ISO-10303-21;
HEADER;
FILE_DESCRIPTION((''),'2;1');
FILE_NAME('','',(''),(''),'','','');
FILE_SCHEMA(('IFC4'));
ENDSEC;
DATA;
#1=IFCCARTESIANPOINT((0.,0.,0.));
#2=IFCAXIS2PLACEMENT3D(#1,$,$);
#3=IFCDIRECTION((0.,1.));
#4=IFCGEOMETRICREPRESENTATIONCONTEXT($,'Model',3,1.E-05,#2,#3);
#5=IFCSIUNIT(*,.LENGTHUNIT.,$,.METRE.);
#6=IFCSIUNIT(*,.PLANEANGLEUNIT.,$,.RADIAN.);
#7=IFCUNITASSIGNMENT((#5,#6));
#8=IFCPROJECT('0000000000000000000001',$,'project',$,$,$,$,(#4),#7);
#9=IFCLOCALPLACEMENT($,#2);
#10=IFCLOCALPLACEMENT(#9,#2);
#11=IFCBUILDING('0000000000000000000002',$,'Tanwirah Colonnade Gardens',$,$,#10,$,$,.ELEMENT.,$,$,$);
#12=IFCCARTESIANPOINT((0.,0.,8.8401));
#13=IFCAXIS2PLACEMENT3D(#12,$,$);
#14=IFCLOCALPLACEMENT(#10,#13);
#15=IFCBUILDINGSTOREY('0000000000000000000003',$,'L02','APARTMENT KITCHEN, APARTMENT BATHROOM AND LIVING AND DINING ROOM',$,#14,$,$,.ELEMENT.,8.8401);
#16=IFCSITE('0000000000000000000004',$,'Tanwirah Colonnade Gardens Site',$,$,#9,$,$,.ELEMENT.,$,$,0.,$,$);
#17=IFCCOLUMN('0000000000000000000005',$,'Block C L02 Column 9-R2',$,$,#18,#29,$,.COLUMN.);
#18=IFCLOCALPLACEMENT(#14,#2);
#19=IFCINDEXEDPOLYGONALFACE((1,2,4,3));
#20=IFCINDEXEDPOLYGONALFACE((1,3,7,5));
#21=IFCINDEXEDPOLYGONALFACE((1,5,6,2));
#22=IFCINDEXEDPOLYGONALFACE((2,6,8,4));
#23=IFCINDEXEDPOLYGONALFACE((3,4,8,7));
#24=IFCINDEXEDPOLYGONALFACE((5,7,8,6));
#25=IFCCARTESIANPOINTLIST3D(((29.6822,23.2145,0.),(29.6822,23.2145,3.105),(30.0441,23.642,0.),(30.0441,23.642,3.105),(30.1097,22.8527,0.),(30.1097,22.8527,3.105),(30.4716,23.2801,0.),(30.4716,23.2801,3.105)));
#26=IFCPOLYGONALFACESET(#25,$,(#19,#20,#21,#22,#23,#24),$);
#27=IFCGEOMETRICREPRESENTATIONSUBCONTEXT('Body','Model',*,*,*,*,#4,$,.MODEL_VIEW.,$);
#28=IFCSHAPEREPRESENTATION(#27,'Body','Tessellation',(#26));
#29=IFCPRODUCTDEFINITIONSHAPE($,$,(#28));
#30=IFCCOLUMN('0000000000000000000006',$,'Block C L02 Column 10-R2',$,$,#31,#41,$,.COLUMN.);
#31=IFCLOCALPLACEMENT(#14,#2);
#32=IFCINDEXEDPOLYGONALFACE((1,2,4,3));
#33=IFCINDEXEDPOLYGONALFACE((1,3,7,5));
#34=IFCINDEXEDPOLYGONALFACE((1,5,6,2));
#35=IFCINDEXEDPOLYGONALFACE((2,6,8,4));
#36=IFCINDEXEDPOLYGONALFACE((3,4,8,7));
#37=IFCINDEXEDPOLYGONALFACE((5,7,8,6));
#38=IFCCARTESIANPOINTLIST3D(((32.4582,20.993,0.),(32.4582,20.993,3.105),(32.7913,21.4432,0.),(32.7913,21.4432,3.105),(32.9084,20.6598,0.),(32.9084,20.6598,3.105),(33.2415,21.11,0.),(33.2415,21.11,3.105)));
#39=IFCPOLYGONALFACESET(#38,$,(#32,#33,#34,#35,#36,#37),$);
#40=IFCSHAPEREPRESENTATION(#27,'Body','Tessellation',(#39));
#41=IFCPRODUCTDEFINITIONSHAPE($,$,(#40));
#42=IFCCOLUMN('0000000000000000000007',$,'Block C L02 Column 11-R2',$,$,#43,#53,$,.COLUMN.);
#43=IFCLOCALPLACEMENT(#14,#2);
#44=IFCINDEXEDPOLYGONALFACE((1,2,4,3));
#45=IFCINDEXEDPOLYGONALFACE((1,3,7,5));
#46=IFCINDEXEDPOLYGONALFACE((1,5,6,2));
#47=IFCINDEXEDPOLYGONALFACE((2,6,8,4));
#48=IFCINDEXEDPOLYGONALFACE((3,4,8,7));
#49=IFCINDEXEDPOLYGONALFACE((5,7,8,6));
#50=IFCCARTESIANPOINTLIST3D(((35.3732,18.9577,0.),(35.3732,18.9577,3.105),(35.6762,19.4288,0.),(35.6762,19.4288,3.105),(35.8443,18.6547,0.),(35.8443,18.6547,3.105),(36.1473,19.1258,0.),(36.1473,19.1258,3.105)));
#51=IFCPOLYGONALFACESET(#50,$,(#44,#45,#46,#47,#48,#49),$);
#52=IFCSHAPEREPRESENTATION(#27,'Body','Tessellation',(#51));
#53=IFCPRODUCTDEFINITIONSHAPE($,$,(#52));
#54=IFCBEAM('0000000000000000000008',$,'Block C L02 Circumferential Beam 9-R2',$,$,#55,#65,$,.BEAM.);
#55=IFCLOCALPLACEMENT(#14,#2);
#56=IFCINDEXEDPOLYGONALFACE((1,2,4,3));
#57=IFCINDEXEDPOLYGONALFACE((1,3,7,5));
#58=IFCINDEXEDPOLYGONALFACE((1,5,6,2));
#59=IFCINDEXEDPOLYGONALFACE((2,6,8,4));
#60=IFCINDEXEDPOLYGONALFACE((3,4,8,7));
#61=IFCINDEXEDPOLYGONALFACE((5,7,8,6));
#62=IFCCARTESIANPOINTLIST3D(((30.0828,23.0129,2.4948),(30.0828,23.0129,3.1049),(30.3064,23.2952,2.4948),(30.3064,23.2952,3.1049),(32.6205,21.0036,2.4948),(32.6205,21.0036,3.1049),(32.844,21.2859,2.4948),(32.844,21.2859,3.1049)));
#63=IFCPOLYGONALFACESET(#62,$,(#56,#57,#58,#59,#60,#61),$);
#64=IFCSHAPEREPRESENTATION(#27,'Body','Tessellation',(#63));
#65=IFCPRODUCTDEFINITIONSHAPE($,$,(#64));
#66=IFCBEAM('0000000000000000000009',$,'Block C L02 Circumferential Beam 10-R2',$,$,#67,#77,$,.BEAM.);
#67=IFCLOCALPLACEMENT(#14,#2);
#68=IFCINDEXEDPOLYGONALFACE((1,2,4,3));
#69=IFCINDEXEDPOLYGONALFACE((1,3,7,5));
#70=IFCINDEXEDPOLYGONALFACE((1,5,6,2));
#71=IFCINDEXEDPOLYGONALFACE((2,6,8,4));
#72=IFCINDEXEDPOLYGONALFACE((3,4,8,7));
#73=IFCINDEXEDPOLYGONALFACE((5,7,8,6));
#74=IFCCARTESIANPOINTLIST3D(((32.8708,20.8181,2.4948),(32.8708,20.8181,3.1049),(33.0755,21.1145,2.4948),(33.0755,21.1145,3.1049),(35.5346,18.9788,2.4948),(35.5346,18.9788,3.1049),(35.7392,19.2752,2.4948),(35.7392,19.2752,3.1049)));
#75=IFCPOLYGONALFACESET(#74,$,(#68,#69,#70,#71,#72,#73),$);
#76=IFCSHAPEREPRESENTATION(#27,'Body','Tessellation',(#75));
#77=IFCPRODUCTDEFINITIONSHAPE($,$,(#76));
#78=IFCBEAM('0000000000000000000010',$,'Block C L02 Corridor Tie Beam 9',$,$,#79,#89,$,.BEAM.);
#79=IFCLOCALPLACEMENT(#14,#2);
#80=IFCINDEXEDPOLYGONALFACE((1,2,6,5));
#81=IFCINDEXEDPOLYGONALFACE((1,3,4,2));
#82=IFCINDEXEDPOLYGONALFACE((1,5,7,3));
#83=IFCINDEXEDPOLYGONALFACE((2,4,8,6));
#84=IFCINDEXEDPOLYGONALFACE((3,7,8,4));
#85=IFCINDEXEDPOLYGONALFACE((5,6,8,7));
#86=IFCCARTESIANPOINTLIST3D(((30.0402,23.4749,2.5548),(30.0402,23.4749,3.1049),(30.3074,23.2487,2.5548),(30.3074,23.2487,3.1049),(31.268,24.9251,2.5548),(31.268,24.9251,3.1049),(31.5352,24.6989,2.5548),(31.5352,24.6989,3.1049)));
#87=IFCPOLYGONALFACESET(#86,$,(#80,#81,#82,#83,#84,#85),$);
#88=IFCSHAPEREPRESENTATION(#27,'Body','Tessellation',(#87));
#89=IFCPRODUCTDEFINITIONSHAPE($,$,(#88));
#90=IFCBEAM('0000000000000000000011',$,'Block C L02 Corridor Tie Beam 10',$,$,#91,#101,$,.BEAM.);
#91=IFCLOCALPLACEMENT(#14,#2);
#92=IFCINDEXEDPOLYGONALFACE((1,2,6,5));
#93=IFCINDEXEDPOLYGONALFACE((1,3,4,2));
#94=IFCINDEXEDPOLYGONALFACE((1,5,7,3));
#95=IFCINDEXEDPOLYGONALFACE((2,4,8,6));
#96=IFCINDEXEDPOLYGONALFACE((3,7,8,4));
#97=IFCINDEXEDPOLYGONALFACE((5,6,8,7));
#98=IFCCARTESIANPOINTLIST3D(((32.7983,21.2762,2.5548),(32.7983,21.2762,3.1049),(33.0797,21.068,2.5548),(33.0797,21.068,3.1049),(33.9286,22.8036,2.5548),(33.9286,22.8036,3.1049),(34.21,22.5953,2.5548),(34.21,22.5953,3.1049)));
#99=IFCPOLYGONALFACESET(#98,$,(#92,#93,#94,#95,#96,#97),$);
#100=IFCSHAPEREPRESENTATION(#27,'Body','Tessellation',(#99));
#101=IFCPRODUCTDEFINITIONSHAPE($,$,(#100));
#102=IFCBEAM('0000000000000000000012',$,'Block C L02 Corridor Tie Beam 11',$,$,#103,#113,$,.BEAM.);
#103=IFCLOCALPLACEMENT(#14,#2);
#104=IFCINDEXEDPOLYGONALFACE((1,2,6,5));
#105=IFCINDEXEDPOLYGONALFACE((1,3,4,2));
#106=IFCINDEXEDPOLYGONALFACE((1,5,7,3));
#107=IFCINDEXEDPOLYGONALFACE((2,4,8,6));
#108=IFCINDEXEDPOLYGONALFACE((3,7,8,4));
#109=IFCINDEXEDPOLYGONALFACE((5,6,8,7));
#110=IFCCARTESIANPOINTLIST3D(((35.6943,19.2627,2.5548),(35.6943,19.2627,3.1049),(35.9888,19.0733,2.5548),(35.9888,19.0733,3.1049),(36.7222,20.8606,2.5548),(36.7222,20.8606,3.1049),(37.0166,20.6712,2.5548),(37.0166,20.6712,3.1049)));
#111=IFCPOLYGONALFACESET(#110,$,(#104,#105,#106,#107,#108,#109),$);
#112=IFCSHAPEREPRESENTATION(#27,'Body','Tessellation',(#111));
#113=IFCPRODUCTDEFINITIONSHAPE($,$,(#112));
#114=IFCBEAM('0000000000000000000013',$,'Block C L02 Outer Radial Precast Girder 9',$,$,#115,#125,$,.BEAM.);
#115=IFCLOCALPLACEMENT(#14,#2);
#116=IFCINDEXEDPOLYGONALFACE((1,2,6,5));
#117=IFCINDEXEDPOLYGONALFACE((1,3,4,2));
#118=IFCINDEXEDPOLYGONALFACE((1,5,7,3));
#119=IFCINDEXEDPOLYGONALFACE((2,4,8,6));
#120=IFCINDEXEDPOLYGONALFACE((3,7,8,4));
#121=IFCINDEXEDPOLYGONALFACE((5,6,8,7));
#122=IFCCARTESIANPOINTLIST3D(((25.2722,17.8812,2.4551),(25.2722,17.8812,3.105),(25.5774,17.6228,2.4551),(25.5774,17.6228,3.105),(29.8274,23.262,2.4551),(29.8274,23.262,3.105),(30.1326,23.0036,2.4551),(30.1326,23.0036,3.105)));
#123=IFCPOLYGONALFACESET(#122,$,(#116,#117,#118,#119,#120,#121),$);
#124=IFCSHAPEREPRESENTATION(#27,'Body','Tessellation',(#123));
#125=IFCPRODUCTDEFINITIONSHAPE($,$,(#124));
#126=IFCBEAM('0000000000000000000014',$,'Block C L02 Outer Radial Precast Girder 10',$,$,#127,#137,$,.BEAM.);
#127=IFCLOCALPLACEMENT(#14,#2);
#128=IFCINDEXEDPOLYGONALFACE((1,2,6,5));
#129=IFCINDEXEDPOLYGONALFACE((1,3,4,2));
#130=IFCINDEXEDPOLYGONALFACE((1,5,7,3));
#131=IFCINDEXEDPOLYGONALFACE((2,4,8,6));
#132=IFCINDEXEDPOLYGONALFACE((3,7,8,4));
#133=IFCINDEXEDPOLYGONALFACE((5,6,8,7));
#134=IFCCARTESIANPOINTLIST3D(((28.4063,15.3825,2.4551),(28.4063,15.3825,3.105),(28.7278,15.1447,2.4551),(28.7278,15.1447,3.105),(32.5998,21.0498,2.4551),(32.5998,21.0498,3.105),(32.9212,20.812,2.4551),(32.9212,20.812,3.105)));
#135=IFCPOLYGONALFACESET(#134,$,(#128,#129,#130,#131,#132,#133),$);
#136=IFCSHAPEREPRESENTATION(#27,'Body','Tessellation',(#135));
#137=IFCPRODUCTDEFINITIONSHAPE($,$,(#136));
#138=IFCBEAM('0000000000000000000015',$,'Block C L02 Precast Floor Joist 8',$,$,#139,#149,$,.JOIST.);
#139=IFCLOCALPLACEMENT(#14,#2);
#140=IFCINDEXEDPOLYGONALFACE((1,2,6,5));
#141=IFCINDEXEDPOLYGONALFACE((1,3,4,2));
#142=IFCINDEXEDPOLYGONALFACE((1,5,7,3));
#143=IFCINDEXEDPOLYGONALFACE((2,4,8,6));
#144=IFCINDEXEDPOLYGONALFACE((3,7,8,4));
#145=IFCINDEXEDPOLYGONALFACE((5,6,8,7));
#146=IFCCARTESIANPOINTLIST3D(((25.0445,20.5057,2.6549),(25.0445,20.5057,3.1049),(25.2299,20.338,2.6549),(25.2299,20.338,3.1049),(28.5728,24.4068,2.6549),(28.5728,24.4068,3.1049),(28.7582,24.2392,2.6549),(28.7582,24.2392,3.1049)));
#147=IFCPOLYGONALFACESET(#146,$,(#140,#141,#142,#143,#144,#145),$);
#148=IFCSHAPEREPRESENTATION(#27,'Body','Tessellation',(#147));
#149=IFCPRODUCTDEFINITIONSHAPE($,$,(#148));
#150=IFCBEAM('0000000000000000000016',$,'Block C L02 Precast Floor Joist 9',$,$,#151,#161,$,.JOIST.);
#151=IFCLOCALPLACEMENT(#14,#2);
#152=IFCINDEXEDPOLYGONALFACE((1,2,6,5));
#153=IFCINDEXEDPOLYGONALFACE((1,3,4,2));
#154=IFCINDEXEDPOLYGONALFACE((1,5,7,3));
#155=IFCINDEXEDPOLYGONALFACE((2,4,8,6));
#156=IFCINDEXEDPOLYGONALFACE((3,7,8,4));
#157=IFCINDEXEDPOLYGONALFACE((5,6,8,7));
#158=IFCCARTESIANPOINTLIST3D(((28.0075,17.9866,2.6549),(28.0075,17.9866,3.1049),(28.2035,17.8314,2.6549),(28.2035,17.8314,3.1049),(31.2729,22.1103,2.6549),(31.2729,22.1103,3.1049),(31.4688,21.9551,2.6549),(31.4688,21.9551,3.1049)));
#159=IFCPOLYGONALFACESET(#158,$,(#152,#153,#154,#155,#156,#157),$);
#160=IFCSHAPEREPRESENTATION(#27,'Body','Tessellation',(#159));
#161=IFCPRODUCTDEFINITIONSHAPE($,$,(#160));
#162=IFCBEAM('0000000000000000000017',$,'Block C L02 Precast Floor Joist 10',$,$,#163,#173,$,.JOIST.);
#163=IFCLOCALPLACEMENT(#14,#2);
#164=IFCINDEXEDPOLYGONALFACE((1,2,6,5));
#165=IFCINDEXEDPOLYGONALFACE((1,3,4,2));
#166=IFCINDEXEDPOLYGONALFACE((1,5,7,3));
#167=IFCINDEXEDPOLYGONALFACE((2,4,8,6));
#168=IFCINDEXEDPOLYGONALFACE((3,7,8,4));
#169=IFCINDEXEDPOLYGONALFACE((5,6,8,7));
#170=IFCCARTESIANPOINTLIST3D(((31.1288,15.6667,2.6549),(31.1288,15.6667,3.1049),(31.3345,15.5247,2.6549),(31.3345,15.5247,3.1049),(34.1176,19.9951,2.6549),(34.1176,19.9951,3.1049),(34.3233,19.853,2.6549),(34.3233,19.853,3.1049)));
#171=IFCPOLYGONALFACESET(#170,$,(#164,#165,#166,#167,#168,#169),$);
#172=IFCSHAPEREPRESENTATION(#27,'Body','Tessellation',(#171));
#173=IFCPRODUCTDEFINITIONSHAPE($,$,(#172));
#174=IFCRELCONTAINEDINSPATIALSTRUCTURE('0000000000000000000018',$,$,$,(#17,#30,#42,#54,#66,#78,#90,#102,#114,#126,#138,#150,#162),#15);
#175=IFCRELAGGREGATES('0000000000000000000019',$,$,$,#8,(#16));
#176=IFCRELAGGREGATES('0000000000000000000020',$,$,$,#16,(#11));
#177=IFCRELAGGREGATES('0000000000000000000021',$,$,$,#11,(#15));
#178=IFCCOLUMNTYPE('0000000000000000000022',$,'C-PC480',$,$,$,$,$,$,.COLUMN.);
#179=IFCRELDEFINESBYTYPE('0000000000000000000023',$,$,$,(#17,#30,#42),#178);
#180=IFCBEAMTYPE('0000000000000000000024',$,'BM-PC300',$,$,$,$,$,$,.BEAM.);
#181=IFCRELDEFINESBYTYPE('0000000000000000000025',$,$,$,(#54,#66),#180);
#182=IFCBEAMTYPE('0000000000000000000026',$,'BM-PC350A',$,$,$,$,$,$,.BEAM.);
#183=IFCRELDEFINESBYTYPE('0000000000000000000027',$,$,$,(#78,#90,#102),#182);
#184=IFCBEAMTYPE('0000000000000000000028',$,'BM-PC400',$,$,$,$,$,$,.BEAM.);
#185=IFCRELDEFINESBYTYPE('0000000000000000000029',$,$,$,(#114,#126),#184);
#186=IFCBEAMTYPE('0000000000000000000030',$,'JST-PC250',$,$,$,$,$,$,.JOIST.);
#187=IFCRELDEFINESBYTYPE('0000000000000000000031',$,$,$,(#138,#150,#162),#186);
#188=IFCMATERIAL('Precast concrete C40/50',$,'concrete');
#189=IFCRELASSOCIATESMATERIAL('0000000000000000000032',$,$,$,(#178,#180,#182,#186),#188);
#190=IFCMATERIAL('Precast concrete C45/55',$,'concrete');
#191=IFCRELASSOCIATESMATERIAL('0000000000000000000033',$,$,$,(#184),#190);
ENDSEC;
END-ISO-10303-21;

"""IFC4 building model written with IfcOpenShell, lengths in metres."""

from ifc_helpers import new_model, si_unit, direction, frame, origin, origin_2d, place, context, subcontext, project, spatial, rectangle, extrude, material, material_profile, profile_set, type_object, element, save


model = new_model("IFC4")

# Units and contexts
model_context = context("Model", 3, precision=1e-05, world=origin(), true_north=direction((0.0, 1.0)))
body_context = subcontext(model_context, "Body", "Model", "MODEL_VIEW")
ifc_project = project(units=[si_unit("LENGTHUNIT", "METRE"), si_unit("PLANEANGLEUNIT", "RADIAN")], contexts=[model_context])

# Site, building, storey
site_placement = place(None, origin())
site = spatial("IfcSite", under=ifc_project, at=site_placement, Name="Tanwirah Colonnade Gardens Site", CompositionType="ELEMENT", RefElevation=0.0)
building_placement = place(site_placement, origin())
building = spatial("IfcBuilding", under=site, at=building_placement, Name="Tanwirah Colonnade Gardens", CompositionType="ELEMENT")
storey_placement = place(building_placement, frame((0.0, 0.0, 8.8401)))
storey = spatial("IfcBuildingStorey", under=building, at=storey_placement, Name="L02", Description="APARTMENT KITCHEN, APARTMENT BATHROOM AND LIVING AND DINING ROOM", CompositionType="ELEMENT", Elevation=8.8401)

# Columns
ifc_material_1 = material(Name="Precast concrete C40/50", Category="concrete")
ifc_material_profile_1 = material_profile(ifc_material_1, rectangle(XDim=0.5601, YDim=0.5601, at=origin_2d()), Name="PC-COL 560x560")
ifc_profile_set_1 = profile_set([ifc_material_profile_1], Name="Precast concrete C40/50")
column_type = type_object("IfcColumnType", Name="C-PC480", PredefinedType="COLUMN", material=ifc_profile_set_1)
for number, where, z_axis, x_axis, name in (
    (1, (30.0769, 23.2473, 0.0), (0.0, 0.0, 1.0), (-0.646124, -0.763232, 0.0), "Block C L02 Column 9-R2"),
    (2, (32.8499, 21.0515, 0.0), (0.0, 0.0, 1.0), (-0.594823, -0.803857, 0.0), "Block C L02 Column 10-R2"),
    (3, (35.7603, 19.0417, 0.0), (0.0, 0.0, 1.0), (-0.540974, -0.841039, 0.0), "Block C L02 Column 11-R2"),
):
    element("IfcColumn", number, at=place(storey_placement, frame(where, z_axis=z_axis, x_axis=x_axis)), inside=storey, type_object=column_type, Name=name, PredefinedType="COLUMN", context=body_context, shape_type="SweptSolid", body=[
        extrude(rectangle(XDim=0.5601, YDim=0.5601, at=origin_2d()), origin(), (0.0, 0.0, 1.0), 3.105),
    ])

# Beams
ifc_material_profile_2 = material_profile(ifc_material_1, rectangle(XDim=0.3601, YDim=0.6101, at=origin_2d()), Name="PC-BM 360x610")
ifc_profile_set_2 = profile_set([ifc_material_profile_2], Name="Precast concrete C40/50")
beam_type_1 = type_object("IfcBeamType", Name="BM-PC300", PredefinedType="BEAM", material=ifc_profile_set_2)
beam_1_placement = place(storey_placement, frame((30.1946, 23.1541, 2.7998), z_axis=(0.783994, -0.620769, 0.0), x_axis=(0.620769, 0.783994, 0.0)))
element("IfcBeam", 4, at=beam_1_placement, inside=storey, type_object=beam_type_1, Name="Block C L02 Circumferential Beam 9-R2", PredefinedType="BEAM", context=body_context, shape_type="SweptSolid", body=[
    extrude(rectangle(XDim=0.3601, YDim=0.6101, at=origin_2d()), origin(), (0.0, 0.0, 1.0), 3.2368),
])
beam_2_placement = place(storey_placement, frame((32.9731, 20.9663, 2.7998), z_axis=(0.822889, -0.568202, 0.0), x_axis=(0.568202, 0.822889, 0.0)))
element("IfcBeam", 5, at=beam_2_placement, inside=storey, type_object=beam_type_1, Name="Block C L02 Circumferential Beam 10-R2", PredefinedType="BEAM", context=body_context, shape_type="SweptSolid", body=[
    extrude(rectangle(XDim=0.3601, YDim=0.6101, at=origin_2d()), origin(), (0.0, 0.0, 1.0), 3.2371),
])
ifc_material_profile_3 = material_profile(ifc_material_1, rectangle(XDim=0.3501, YDim=0.55, at=origin_2d()), Name="PC-BM 350x550")
ifc_profile_set_3 = profile_set([ifc_material_profile_3], Name="Precast concrete C40/50")
beam_type_2 = type_object("IfcBeamType", Name="BM-PC350A", PredefinedType="BEAM", material=ifc_profile_set_3)
for number, where, z_axis, x_axis, name in (
    (6, (31.4016, 24.812, 2.8298), (-0.646155, -0.763206, 0.0), (0.763206, -0.646155, 0.0), "Block C L02 Corridor Tie Beam 9"),
    (7, (34.0693, 22.6995, 2.8298), (-0.594889, -0.803807, 0.0), (0.803807, -0.594889, 0.0), "Block C L02 Corridor Tie Beam 10"),
):
    element("IfcBeam", number, at=place(storey_placement, frame(where, z_axis=z_axis, x_axis=x_axis)), inside=storey, type_object=beam_type_2, Name=name, PredefinedType="BEAM", context=body_context, shape_type="SweptSolid", body=[
        extrude(rectangle(XDim=0.3501, YDim=0.55, at=origin_2d()), origin(), (0.0, 0.0, 1.0), 1.9001),
    ])
beam_3_placement = place(storey_placement, frame((36.8694, 20.7659, 2.8298), z_axis=(-0.540985, -0.841032, 0.0), x_axis=(0.841032, -0.540985, 0.0)))
element("IfcBeam", 8, at=beam_3_placement, inside=storey, type_object=beam_type_2, Name="Block C L02 Corridor Tie Beam 11", PredefinedType="BEAM", context=body_context, shape_type="SweptSolid", body=[
    extrude(rectangle(XDim=0.3501, YDim=0.55, at=origin_2d()), origin(), (0.0, 0.0, 1.0), 1.8999),
])
ifc_material_2 = material(Name="Precast concrete C45/55", Category="concrete")
ifc_material_profile_4 = material_profile(ifc_material_2, rectangle(XDim=0.3999, YDim=0.6499, at=origin_2d()), Name="PC-BM 400x650")
ifc_profile_set_4 = profile_set([ifc_material_profile_4], Name="Precast concrete C45/55")
beam_type_3 = type_object("IfcBeamType", Name="BM-PC400", PredefinedType="BEAM", material=ifc_profile_set_4)
for number, where, z_axis, x_axis, name in (
    (9, (29.98, 23.1328, 2.78), (-0.646119, -0.763237, 0.0), (0.763237, -0.646119, 0.0), "Block C L02 Outer Radial Precast Girder 9"),
    (10, (32.7605, 20.9309, 2.78), (-0.594807, -0.803869, 0.0), (0.803869, -0.594807, 0.0), "Block C L02 Outer Radial Precast Girder 10"),
):
    element("IfcBeam", number, at=place(storey_placement, frame(where, z_axis=z_axis, x_axis=x_axis)), inside=storey, type_object=beam_type_3, Name=name, PredefinedType="BEAM", context=body_context, shape_type="SweptSolid", body=[
        extrude(rectangle(XDim=0.3999, YDim=0.6499, at=origin_2d()), origin(), (0.0, 0.0, 1.0), 7.05),
    ])
ifc_material_profile_5 = material_profile(ifc_material_1, rectangle(XDim=0.25, YDim=0.45, at=origin_2d()), Name="PC-JST 250x450")
ifc_profile_set_5 = profile_set([ifc_material_profile_5], Name="Precast concrete C40/50")
beam_type_4 = type_object("IfcBeamType", Name="JST-PC250", PredefinedType="JOIST", material=ifc_profile_set_5)
for number, where, z_axis, x_axis, name in (
    (11, (28.6655, 24.323, 2.8799), (-0.670781, -0.741656, 0.0), (0.741656, -0.670781, 0.0), "Block C L02 Precast Floor Joist 8"),
    (12, (31.3708, 22.0327, 2.8799), (-0.620787, -0.783979, 0.0), (0.783979, -0.620787, 0.0), "Block C L02 Precast Floor Joist 9"),
    (13, (34.2205, 19.9241, 2.8799), (-0.568208, -0.822885, 0.0), (0.822885, -0.568208, 0.0), "Block C L02 Precast Floor Joist 10"),
):
    element("IfcBeam", number, at=place(storey_placement, frame(where, z_axis=z_axis, x_axis=x_axis)), inside=storey, type_object=beam_type_4, Name=name, PredefinedType="JOIST", context=body_context, shape_type="SweptSolid", body=[
        extrude(rectangle(XDim=0.25, YDim=0.45, at=origin_2d()), origin(), (0.0, 0.0, 1.0), 5.26),
    ])

save(model, "model.ifc")
